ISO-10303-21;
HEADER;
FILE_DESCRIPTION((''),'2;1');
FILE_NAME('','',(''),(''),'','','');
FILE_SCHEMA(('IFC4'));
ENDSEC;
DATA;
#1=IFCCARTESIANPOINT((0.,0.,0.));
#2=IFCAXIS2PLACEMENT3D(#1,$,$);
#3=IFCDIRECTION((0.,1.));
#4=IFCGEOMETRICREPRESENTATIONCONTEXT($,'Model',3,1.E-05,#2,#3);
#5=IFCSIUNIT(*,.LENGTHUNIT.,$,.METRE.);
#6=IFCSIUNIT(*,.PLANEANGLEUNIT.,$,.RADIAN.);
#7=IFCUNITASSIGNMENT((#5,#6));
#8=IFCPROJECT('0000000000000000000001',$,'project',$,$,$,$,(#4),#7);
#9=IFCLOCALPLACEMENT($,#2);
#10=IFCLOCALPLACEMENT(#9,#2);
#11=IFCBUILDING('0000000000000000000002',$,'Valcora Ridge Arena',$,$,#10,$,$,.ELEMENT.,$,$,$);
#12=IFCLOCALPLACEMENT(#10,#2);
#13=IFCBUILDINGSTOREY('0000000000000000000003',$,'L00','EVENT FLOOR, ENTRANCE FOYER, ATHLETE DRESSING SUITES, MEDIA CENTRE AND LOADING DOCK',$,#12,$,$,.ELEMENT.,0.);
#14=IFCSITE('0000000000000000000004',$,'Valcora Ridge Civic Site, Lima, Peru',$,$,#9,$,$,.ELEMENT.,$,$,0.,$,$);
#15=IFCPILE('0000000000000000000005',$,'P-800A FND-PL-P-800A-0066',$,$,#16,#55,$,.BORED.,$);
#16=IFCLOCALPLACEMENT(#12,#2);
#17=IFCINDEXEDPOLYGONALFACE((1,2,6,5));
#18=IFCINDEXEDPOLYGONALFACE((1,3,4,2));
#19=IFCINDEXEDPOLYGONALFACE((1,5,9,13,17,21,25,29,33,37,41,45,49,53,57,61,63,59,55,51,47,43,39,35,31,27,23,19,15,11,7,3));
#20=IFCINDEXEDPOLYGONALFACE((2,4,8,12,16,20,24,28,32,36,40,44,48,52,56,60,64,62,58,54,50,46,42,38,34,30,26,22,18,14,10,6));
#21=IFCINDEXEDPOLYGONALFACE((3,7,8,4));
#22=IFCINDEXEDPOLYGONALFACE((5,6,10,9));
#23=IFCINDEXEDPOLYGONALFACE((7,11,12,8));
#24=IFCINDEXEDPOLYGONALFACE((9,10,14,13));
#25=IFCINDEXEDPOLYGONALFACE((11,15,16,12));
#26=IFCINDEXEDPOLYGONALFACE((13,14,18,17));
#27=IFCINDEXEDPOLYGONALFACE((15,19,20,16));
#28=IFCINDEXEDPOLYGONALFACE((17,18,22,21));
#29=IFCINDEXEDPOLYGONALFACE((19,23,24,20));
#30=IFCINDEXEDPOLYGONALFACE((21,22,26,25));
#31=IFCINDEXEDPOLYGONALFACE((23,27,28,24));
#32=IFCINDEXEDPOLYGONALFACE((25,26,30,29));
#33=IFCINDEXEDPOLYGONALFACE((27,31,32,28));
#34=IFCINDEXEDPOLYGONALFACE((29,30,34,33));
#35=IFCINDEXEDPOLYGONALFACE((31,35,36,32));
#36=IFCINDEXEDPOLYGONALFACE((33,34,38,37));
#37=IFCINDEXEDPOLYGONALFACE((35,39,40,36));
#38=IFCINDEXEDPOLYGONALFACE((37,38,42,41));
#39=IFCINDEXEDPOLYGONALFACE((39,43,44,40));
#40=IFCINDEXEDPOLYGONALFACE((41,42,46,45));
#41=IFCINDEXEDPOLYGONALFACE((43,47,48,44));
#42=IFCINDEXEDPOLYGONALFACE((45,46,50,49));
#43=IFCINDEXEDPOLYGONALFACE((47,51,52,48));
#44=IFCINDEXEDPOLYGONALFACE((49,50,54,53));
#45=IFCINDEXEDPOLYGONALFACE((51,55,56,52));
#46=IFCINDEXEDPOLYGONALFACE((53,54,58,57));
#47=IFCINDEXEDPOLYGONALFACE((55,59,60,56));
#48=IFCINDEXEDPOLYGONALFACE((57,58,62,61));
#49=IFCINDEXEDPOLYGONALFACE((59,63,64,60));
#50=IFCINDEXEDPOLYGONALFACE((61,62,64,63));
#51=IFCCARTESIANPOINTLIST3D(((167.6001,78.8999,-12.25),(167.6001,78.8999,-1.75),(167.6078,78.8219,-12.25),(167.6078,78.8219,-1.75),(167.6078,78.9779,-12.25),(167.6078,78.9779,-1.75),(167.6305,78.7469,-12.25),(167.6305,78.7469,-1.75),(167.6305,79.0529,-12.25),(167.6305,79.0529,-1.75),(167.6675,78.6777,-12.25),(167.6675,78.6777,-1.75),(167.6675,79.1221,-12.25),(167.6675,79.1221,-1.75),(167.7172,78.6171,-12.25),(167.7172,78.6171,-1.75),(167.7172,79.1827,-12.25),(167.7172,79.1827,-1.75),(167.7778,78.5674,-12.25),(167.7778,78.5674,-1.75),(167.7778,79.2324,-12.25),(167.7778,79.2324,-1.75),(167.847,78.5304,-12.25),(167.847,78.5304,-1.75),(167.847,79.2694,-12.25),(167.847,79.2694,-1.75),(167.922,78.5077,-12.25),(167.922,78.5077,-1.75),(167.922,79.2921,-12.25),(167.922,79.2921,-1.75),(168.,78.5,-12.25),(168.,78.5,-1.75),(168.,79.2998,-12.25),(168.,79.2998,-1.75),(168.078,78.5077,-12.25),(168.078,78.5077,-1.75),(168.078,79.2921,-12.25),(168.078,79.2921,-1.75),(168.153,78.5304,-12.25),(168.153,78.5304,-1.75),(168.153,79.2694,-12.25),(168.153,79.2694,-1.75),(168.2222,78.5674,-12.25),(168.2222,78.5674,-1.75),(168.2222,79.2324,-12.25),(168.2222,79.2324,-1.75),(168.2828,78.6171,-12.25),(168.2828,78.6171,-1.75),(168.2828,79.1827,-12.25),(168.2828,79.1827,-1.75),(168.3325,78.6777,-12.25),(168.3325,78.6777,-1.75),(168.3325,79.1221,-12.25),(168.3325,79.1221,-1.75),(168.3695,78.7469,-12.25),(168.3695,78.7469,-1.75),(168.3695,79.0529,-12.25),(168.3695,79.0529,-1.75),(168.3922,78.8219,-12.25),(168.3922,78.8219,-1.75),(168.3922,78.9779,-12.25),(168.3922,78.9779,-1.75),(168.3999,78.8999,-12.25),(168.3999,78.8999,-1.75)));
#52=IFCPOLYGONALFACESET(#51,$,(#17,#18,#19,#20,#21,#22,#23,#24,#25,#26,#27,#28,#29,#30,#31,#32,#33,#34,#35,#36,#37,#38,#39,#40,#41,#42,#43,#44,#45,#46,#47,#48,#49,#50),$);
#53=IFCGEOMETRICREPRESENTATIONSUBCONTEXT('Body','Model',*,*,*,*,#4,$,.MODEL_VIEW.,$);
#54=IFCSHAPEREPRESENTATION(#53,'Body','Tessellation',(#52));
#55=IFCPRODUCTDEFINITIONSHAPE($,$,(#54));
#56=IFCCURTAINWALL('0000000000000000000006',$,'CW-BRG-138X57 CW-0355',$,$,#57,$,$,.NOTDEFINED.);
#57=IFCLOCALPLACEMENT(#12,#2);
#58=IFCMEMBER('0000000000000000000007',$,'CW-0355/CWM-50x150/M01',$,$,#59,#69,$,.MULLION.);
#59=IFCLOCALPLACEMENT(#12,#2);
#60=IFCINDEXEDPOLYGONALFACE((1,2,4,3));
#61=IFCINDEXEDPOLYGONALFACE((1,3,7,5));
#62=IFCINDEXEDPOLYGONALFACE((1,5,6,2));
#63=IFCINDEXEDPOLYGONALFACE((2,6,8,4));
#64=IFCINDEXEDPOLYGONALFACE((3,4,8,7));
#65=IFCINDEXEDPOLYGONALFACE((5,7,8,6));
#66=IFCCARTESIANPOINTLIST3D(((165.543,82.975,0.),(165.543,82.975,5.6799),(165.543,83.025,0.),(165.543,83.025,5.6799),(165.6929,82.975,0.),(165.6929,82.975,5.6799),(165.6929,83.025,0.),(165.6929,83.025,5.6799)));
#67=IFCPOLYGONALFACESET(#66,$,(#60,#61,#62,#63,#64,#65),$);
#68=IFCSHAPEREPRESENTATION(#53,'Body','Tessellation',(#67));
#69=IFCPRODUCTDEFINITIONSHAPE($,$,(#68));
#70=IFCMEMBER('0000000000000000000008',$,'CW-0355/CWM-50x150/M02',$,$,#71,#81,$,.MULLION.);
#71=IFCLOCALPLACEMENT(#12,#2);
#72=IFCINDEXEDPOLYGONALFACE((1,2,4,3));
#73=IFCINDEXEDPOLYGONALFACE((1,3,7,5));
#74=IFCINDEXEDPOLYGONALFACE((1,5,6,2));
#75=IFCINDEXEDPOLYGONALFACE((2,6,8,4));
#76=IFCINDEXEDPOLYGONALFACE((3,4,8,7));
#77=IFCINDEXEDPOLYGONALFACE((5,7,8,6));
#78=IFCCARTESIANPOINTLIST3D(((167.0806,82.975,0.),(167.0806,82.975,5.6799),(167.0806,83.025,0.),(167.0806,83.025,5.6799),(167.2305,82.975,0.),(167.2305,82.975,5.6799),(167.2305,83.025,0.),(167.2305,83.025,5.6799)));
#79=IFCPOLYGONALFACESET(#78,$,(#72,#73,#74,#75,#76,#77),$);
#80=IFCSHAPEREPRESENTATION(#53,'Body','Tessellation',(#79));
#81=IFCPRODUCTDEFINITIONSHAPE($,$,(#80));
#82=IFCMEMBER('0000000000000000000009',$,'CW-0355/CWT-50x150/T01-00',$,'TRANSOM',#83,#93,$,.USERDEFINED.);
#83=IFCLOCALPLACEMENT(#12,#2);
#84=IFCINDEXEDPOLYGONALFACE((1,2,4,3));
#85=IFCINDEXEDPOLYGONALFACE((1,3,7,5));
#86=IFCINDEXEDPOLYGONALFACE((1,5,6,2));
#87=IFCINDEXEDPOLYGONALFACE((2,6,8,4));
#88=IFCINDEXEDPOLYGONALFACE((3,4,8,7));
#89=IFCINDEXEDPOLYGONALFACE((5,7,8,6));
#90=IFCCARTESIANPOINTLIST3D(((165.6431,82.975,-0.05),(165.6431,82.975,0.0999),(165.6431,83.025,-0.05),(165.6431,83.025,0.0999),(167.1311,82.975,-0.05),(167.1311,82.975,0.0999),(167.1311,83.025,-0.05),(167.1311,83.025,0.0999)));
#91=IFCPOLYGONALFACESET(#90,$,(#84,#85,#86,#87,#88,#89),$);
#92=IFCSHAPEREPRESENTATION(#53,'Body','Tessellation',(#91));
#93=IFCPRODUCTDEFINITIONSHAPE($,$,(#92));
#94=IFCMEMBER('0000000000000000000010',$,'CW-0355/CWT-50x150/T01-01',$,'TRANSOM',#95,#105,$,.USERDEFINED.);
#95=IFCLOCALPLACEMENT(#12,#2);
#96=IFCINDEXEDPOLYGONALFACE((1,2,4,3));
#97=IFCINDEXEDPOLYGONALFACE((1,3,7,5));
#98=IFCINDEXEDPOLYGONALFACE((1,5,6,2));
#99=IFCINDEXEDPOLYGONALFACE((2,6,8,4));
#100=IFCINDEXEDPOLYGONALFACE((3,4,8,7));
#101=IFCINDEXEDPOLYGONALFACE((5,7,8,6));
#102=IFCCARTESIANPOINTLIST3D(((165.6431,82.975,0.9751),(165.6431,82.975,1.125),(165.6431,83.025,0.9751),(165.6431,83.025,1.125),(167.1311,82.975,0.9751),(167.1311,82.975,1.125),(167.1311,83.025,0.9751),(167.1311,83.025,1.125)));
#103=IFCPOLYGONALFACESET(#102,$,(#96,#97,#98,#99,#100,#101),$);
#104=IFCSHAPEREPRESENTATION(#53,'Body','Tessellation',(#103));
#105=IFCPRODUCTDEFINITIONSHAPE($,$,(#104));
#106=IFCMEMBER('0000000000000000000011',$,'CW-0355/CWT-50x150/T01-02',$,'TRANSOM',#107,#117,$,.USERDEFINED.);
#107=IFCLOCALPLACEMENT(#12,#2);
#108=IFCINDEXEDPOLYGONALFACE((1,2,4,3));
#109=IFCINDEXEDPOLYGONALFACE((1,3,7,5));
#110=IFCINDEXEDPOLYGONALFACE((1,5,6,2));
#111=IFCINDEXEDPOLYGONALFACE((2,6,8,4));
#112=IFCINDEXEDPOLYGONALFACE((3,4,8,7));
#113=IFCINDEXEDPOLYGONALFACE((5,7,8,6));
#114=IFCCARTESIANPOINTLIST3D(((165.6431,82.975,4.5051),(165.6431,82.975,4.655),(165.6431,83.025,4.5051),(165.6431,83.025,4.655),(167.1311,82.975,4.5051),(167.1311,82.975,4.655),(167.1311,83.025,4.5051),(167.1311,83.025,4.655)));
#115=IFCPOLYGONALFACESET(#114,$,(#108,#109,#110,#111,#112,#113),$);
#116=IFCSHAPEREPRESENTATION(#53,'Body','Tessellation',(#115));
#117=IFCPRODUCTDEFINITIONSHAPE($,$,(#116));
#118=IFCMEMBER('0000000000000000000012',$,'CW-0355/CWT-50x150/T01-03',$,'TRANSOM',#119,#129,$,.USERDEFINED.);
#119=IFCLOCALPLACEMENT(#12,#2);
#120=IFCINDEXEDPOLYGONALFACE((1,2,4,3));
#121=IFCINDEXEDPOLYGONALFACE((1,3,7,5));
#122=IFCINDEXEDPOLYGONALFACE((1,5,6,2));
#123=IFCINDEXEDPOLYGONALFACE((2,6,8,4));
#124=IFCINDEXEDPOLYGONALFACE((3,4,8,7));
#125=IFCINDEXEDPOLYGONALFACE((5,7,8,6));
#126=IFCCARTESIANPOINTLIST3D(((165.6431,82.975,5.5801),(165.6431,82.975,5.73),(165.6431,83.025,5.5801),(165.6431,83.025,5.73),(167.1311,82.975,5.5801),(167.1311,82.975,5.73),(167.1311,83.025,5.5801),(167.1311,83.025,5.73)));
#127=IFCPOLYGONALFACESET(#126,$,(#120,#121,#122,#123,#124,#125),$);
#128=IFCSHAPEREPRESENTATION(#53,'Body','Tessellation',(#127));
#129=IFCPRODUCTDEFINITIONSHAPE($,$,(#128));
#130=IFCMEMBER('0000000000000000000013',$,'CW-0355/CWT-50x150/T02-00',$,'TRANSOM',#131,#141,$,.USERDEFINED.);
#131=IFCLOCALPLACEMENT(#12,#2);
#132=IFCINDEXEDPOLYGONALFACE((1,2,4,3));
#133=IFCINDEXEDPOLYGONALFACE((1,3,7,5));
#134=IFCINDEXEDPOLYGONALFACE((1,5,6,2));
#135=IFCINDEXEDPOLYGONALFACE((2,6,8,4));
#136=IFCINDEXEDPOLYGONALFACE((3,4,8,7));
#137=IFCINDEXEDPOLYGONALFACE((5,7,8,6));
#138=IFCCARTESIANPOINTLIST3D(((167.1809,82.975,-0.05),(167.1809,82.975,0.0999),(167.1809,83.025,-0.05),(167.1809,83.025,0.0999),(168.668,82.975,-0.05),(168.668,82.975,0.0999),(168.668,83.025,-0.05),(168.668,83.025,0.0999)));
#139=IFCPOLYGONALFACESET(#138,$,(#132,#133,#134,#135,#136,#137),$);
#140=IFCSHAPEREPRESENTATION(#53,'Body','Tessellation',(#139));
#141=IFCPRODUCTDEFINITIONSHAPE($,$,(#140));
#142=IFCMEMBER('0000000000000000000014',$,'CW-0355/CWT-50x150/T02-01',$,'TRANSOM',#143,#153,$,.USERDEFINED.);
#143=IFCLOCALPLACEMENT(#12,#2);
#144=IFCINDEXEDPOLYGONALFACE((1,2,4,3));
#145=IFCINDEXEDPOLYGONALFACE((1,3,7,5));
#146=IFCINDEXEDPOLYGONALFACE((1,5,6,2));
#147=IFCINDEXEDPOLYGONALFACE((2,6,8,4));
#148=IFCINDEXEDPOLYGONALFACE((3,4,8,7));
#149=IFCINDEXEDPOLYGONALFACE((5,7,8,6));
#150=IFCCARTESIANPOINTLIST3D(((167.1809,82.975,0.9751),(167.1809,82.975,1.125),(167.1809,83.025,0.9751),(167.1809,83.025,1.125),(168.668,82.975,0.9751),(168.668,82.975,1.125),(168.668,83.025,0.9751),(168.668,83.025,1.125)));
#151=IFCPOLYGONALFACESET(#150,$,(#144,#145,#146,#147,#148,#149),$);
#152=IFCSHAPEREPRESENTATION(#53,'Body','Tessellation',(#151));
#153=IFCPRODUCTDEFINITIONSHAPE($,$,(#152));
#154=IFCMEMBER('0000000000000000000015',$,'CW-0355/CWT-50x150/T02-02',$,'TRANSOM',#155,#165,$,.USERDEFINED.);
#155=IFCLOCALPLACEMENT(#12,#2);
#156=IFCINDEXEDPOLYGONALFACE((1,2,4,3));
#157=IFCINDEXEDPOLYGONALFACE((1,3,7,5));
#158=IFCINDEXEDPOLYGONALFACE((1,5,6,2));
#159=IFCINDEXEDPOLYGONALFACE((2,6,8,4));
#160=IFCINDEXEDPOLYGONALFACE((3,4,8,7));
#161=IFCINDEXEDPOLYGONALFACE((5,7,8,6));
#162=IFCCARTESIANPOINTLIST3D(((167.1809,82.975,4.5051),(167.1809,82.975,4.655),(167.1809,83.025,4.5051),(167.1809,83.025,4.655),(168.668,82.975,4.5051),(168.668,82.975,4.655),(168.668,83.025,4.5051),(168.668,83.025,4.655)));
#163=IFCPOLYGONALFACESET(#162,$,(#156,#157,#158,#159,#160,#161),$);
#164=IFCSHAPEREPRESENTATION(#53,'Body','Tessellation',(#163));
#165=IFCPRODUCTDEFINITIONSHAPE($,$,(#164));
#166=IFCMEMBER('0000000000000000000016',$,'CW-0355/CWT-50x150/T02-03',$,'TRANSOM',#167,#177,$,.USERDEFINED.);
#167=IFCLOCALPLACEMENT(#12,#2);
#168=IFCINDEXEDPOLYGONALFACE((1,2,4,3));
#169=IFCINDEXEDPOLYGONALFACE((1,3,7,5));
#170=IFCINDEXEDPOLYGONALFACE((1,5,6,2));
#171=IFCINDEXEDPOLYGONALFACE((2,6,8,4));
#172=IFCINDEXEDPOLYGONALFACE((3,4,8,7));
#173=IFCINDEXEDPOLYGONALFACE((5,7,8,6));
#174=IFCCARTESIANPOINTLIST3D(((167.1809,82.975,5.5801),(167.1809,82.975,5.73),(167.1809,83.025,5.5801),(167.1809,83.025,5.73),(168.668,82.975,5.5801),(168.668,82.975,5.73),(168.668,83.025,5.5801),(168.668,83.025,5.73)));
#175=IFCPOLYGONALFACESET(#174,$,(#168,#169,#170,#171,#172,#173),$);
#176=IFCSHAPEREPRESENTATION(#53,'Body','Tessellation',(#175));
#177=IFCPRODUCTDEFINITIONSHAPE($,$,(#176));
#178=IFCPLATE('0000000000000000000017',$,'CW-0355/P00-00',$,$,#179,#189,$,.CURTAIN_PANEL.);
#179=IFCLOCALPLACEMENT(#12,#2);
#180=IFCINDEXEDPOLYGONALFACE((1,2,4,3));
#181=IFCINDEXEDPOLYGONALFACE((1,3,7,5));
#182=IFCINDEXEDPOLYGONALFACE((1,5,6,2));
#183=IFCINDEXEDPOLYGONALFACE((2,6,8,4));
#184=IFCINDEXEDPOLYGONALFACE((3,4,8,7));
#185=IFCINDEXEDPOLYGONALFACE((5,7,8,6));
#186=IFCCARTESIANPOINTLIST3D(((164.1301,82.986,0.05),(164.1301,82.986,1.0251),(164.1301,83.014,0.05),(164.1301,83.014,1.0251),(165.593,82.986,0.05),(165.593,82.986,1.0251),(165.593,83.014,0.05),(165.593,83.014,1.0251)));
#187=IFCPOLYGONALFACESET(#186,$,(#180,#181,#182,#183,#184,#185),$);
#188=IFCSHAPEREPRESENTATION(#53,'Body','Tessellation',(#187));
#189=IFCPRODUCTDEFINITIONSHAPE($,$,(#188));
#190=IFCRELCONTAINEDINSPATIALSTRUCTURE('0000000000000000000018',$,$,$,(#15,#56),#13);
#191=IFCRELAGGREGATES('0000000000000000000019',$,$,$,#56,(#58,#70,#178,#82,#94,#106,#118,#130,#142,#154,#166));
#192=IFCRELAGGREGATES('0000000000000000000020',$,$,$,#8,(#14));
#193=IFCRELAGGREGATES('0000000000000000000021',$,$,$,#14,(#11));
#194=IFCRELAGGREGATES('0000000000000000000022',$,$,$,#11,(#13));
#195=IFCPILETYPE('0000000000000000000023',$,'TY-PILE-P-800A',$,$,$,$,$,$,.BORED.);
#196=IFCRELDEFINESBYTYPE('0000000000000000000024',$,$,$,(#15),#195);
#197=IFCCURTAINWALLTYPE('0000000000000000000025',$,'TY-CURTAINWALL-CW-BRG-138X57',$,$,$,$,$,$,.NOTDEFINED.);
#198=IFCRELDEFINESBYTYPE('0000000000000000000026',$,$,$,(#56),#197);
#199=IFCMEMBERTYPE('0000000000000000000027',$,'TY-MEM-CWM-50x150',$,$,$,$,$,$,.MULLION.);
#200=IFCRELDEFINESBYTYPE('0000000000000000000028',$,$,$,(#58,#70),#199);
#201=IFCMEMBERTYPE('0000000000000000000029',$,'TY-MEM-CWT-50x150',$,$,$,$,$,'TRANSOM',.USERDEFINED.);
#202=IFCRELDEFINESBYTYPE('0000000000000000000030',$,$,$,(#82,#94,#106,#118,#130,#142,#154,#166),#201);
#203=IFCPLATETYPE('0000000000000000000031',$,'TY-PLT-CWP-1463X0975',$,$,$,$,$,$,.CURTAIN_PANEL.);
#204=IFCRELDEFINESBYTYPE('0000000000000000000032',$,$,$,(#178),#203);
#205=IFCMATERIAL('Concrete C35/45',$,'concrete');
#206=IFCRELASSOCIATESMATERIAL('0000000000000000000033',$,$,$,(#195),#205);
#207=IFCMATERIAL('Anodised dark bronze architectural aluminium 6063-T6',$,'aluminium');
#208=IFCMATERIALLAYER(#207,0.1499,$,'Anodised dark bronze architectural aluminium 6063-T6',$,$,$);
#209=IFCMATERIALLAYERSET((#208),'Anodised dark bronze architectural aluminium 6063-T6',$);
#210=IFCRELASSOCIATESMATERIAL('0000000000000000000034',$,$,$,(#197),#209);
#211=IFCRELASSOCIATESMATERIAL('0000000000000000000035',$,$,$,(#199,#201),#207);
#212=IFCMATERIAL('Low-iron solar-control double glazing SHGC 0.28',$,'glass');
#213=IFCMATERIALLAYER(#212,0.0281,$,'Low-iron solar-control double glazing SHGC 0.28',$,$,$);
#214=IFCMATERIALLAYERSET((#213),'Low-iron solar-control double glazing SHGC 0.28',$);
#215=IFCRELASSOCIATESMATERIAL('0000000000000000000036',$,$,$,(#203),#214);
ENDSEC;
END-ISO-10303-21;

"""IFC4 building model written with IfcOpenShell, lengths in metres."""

from ifc_helpers import new_model, si_unit, direction, frame, origin, origin_2d, place, context, subcontext, project, spatial, rectangle, circle, extrude, material, layer, layer_set, material_profile, profile_set, type_object, element, aggregate, save


model = new_model("IFC4")

# Units and contexts
model_context = context("Model", 3, precision=1e-05, world=origin(), true_north=direction((0.0, 1.0)))
body_context = subcontext(model_context, "Body", "Model", "MODEL_VIEW")
ifc_project = project(units=[si_unit("LENGTHUNIT", "METRE"), si_unit("PLANEANGLEUNIT", "RADIAN")], contexts=[model_context])

# Site, building, storey
site_placement = place(None, origin())
site = spatial("IfcSite", under=ifc_project, at=site_placement, Name="Valcora Ridge Civic Site, Lima, Peru", CompositionType="ELEMENT", RefElevation=0.0)
building_placement = place(site_placement, origin())
building = spatial("IfcBuilding", under=site, at=building_placement, Name="Valcora Ridge Arena", CompositionType="ELEMENT")
storey_placement = place(building_placement, origin())
storey = spatial("IfcBuildingStorey", under=building, at=storey_placement, Name="L00", Description="EVENT FLOOR, ENTRANCE FOYER, ATHLETE DRESSING SUITES, MEDIA CENTRE AND LOADING DOCK", CompositionType="ELEMENT", Elevation=0.0)

# Pile
ifc_material_1 = material(Name="Concrete C35/45", Category="concrete")
ifc_material_profile_1 = material_profile(ifc_material_1, circle(Radius=0.3999, at=origin_2d()), Name="BORED PILE D800")
ifc_profile_set_1 = profile_set([ifc_material_profile_1], Name="Concrete C35/45")
pile_type = type_object("IfcPileType", Name="TY-PILE-P-800A", PredefinedType="BORED", material=ifc_profile_set_1)
pile_placement = place(storey_placement, frame((168.0, 78.8999, -1.75), z_axis=(0.0, 0.0, -1.0), x_axis=(1.0, 0.0, 0.0)))
element("IfcPile", 1, at=pile_placement, inside=storey, type_object=pile_type, Name="P-800A FND-PL-P-800A-0066", PredefinedType="BORED", context=body_context, shape_type="SweptSolid", body=[
    extrude(circle(Radius=0.3999, at=origin_2d()), origin(), (0.0, 0.0, 1.0), 10.5),
])

# Curtain wall, members, plate
ifc_material_2 = material(Name="Anodised dark bronze architectural aluminium 6063-T6", Category="aluminium")
ifc_layer_1 = layer(ifc_material_2, 0.1499, Name="Anodised dark bronze architectural aluminium 6063-T6")
ifc_layer_set_1 = layer_set([ifc_layer_1], Name="Anodised dark bronze architectural aluminium 6063-T6")
curtain_wall_type = type_object("IfcCurtainWallType", Name="TY-CURTAINWALL-CW-BRG-138X57", PredefinedType="NOTDEFINED", material=ifc_layer_set_1)
curtain_wall_placement = place(storey_placement, origin())
curtain_wall = element("IfcCurtainWall", 2, at=curtain_wall_placement, inside=storey, type_object=curtain_wall_type, Name="CW-BRG-138X57 CW-0355", PredefinedType="NOTDEFINED")
ifc_material_profile_2 = material_profile(ifc_material_2, rectangle(XDim=0.05, YDim=0.1499, at=origin_2d()), Name="ALU MULLION 50x150")
ifc_profile_set_2 = profile_set([ifc_material_profile_2], Name="Anodised dark bronze architectural aluminium 6063-T6")
member_type_1 = type_object("IfcMemberType", Name="TY-MEM-CWM-50x150", PredefinedType="MULLION", material=ifc_profile_set_2)
member_1_placement = place(storey_placement, frame((165.6179, 83.0, 0.0), z_axis=(0.0, 0.0, 1.0), x_axis=(0.0, 1.0, 0.0)))
member_1 = element("IfcMember", 3, at=member_1_placement, type_object=member_type_1, Name="CW-0355/CWM-50x150/M01", PredefinedType="MULLION", context=body_context, shape_type="SweptSolid", body=[
    extrude(rectangle(XDim=0.05, YDim=0.1499, at=origin_2d()), origin(), (0.0, 0.0, 1.0), 5.6799),
])
member_2_placement = place(storey_placement, frame((167.1555, 83.0, 0.0), z_axis=(0.0, 0.0, 1.0), x_axis=(0.0, 1.0, 0.0)))
member_2 = element("IfcMember", 4, at=member_2_placement, type_object=member_type_1, Name="CW-0355/CWM-50x150/M02", PredefinedType="MULLION", context=body_context, shape_type="SweptSolid", body=[
    extrude(rectangle(XDim=0.05, YDim=0.1499, at=origin_2d()), origin(), (0.0, 0.0, 1.0), 5.6799),
])
ifc_material_profile_3 = material_profile(ifc_material_2, rectangle(XDim=0.05, YDim=0.1499, at=origin_2d()), Name="ALU TRANSOM 50x150")
ifc_profile_set_3 = profile_set([ifc_material_profile_3], Name="Anodised dark bronze architectural aluminium 6063-T6")
member_type_2 = type_object("IfcMemberType", Name="TY-MEM-CWT-50x150", ElementType="TRANSOM", PredefinedType="USERDEFINED", material=ifc_profile_set_3)
member_3_placement = place(storey_placement, frame((165.6431, 83.0, 0.0249), z_axis=(1.0, 0.0, 0.0), x_axis=(0.0, 1.0, 0.0)))
member_3 = element("IfcMember", 5, at=member_3_placement, type_object=member_type_2, Name="CW-0355/CWT-50x150/T01-00", ObjectType="TRANSOM", PredefinedType="USERDEFINED", context=body_context, shape_type="SweptSolid", body=[
    extrude(rectangle(XDim=0.05, YDim=0.1499, at=origin_2d()), origin(), (0.0, 0.0, 1.0), 1.488),
])
member_4_placement = place(storey_placement, frame((165.6431, 83.0, 1.05), z_axis=(1.0, 0.0, 0.0), x_axis=(0.0, 1.0, 0.0)))
member_4 = element("IfcMember", 6, at=member_4_placement, type_object=member_type_2, Name="CW-0355/CWT-50x150/T01-01", ObjectType="TRANSOM", PredefinedType="USERDEFINED", context=body_context, shape_type="SweptSolid", body=[
    extrude(rectangle(XDim=0.05, YDim=0.1499, at=origin_2d()), origin(), (0.0, 0.0, 1.0), 1.488),
])
member_5_placement = place(storey_placement, frame((165.6431, 83.0, 4.5801), z_axis=(1.0, 0.0, 0.0), x_axis=(0.0, 1.0, 0.0)))
member_5 = element("IfcMember", 7, at=member_5_placement, type_object=member_type_2, Name="CW-0355/CWT-50x150/T01-02", ObjectType="TRANSOM", PredefinedType="USERDEFINED", context=body_context, shape_type="SweptSolid", body=[
    extrude(rectangle(XDim=0.05, YDim=0.1499, at=origin_2d()), origin(), (0.0, 0.0, 1.0), 1.488),
])
member_6_placement = place(storey_placement, frame((165.6431, 83.0, 5.655), z_axis=(1.0, 0.0, 0.0), x_axis=(0.0, 1.0, 0.0)))
member_6 = element("IfcMember", 8, at=member_6_placement, type_object=member_type_2, Name="CW-0355/CWT-50x150/T01-03", ObjectType="TRANSOM", PredefinedType="USERDEFINED", context=body_context, shape_type="SweptSolid", body=[
    extrude(rectangle(XDim=0.05, YDim=0.1499, at=origin_2d()), origin(), (0.0, 0.0, 1.0), 1.488),
])
member_7_placement = place(storey_placement, frame((167.1809, 83.0, 0.0249), z_axis=(1.0, 0.0, 0.0), x_axis=(0.0, 1.0, 0.0)))
member_7 = element("IfcMember", 9, at=member_7_placement, type_object=member_type_2, Name="CW-0355/CWT-50x150/T02-00", ObjectType="TRANSOM", PredefinedType="USERDEFINED", context=body_context, shape_type="SweptSolid", body=[
    extrude(rectangle(XDim=0.05, YDim=0.1499, at=origin_2d()), origin(), (0.0, 0.0, 1.0), 1.4871),
])
member_8_placement = place(storey_placement, frame((167.1809, 83.0, 1.05), z_axis=(1.0, 0.0, 0.0), x_axis=(0.0, 1.0, 0.0)))
member_8 = element("IfcMember", 10, at=member_8_placement, type_object=member_type_2, Name="CW-0355/CWT-50x150/T02-01", ObjectType="TRANSOM", PredefinedType="USERDEFINED", context=body_context, shape_type="SweptSolid", body=[
    extrude(rectangle(XDim=0.05, YDim=0.1499, at=origin_2d()), origin(), (0.0, 0.0, 1.0), 1.4871),
])
member_9_placement = place(storey_placement, frame((167.1809, 83.0, 4.5801), z_axis=(1.0, 0.0, 0.0), x_axis=(0.0, 1.0, 0.0)))
member_9 = element("IfcMember", 11, at=member_9_placement, type_object=member_type_2, Name="CW-0355/CWT-50x150/T02-02", ObjectType="TRANSOM", PredefinedType="USERDEFINED", context=body_context, shape_type="SweptSolid", body=[
    extrude(rectangle(XDim=0.05, YDim=0.1499, at=origin_2d()), origin(), (0.0, 0.0, 1.0), 1.4871),
])
member_10_placement = place(storey_placement, frame((167.1809, 83.0, 5.655), z_axis=(1.0, 0.0, 0.0), x_axis=(0.0, 1.0, 0.0)))
member_10 = element("IfcMember", 12, at=member_10_placement, type_object=member_type_2, Name="CW-0355/CWT-50x150/T02-03", ObjectType="TRANSOM", PredefinedType="USERDEFINED", context=body_context, shape_type="SweptSolid", body=[
    extrude(rectangle(XDim=0.05, YDim=0.1499, at=origin_2d()), origin(), (0.0, 0.0, 1.0), 1.4871),
])
ifc_material_3 = material(Name="Low-iron solar-control double glazing SHGC 0.28", Category="glass")
ifc_layer_2 = layer(ifc_material_3, 0.0281, Name="Low-iron solar-control double glazing SHGC 0.28")
ifc_layer_set_2 = layer_set([ifc_layer_2], Name="Low-iron solar-control double glazing SHGC 0.28")
plate_type_1 = type_object("IfcPlateType", Name="TY-PLT-CWP-1463X0975", PredefinedType="CURTAIN_PANEL", material=ifc_layer_set_2)
plate_1_placement = place(storey_placement, frame((164.8616, 83.0, 0.05), z_axis=(0.0, 0.0, 1.0), x_axis=(1.0, 0.0, 0.0)))
plate_1 = element("IfcPlate", 13, at=plate_1_placement, type_object=plate_type_1, Name="CW-0355/P00-00", PredefinedType="CURTAIN_PANEL", context=body_context, shape_type="SweptSolid", body=[
    extrude(rectangle(XDim=1.4629, YDim=0.0281, at=origin_2d()), origin(), (0.0, 0.0, 1.0), 0.9751),
])
aggregate(curtain_wall, [member_1, member_2, plate_1, member_3, member_4, member_5, member_6, member_7, member_8, member_9, member_10])

save(model, "model.ifc")
